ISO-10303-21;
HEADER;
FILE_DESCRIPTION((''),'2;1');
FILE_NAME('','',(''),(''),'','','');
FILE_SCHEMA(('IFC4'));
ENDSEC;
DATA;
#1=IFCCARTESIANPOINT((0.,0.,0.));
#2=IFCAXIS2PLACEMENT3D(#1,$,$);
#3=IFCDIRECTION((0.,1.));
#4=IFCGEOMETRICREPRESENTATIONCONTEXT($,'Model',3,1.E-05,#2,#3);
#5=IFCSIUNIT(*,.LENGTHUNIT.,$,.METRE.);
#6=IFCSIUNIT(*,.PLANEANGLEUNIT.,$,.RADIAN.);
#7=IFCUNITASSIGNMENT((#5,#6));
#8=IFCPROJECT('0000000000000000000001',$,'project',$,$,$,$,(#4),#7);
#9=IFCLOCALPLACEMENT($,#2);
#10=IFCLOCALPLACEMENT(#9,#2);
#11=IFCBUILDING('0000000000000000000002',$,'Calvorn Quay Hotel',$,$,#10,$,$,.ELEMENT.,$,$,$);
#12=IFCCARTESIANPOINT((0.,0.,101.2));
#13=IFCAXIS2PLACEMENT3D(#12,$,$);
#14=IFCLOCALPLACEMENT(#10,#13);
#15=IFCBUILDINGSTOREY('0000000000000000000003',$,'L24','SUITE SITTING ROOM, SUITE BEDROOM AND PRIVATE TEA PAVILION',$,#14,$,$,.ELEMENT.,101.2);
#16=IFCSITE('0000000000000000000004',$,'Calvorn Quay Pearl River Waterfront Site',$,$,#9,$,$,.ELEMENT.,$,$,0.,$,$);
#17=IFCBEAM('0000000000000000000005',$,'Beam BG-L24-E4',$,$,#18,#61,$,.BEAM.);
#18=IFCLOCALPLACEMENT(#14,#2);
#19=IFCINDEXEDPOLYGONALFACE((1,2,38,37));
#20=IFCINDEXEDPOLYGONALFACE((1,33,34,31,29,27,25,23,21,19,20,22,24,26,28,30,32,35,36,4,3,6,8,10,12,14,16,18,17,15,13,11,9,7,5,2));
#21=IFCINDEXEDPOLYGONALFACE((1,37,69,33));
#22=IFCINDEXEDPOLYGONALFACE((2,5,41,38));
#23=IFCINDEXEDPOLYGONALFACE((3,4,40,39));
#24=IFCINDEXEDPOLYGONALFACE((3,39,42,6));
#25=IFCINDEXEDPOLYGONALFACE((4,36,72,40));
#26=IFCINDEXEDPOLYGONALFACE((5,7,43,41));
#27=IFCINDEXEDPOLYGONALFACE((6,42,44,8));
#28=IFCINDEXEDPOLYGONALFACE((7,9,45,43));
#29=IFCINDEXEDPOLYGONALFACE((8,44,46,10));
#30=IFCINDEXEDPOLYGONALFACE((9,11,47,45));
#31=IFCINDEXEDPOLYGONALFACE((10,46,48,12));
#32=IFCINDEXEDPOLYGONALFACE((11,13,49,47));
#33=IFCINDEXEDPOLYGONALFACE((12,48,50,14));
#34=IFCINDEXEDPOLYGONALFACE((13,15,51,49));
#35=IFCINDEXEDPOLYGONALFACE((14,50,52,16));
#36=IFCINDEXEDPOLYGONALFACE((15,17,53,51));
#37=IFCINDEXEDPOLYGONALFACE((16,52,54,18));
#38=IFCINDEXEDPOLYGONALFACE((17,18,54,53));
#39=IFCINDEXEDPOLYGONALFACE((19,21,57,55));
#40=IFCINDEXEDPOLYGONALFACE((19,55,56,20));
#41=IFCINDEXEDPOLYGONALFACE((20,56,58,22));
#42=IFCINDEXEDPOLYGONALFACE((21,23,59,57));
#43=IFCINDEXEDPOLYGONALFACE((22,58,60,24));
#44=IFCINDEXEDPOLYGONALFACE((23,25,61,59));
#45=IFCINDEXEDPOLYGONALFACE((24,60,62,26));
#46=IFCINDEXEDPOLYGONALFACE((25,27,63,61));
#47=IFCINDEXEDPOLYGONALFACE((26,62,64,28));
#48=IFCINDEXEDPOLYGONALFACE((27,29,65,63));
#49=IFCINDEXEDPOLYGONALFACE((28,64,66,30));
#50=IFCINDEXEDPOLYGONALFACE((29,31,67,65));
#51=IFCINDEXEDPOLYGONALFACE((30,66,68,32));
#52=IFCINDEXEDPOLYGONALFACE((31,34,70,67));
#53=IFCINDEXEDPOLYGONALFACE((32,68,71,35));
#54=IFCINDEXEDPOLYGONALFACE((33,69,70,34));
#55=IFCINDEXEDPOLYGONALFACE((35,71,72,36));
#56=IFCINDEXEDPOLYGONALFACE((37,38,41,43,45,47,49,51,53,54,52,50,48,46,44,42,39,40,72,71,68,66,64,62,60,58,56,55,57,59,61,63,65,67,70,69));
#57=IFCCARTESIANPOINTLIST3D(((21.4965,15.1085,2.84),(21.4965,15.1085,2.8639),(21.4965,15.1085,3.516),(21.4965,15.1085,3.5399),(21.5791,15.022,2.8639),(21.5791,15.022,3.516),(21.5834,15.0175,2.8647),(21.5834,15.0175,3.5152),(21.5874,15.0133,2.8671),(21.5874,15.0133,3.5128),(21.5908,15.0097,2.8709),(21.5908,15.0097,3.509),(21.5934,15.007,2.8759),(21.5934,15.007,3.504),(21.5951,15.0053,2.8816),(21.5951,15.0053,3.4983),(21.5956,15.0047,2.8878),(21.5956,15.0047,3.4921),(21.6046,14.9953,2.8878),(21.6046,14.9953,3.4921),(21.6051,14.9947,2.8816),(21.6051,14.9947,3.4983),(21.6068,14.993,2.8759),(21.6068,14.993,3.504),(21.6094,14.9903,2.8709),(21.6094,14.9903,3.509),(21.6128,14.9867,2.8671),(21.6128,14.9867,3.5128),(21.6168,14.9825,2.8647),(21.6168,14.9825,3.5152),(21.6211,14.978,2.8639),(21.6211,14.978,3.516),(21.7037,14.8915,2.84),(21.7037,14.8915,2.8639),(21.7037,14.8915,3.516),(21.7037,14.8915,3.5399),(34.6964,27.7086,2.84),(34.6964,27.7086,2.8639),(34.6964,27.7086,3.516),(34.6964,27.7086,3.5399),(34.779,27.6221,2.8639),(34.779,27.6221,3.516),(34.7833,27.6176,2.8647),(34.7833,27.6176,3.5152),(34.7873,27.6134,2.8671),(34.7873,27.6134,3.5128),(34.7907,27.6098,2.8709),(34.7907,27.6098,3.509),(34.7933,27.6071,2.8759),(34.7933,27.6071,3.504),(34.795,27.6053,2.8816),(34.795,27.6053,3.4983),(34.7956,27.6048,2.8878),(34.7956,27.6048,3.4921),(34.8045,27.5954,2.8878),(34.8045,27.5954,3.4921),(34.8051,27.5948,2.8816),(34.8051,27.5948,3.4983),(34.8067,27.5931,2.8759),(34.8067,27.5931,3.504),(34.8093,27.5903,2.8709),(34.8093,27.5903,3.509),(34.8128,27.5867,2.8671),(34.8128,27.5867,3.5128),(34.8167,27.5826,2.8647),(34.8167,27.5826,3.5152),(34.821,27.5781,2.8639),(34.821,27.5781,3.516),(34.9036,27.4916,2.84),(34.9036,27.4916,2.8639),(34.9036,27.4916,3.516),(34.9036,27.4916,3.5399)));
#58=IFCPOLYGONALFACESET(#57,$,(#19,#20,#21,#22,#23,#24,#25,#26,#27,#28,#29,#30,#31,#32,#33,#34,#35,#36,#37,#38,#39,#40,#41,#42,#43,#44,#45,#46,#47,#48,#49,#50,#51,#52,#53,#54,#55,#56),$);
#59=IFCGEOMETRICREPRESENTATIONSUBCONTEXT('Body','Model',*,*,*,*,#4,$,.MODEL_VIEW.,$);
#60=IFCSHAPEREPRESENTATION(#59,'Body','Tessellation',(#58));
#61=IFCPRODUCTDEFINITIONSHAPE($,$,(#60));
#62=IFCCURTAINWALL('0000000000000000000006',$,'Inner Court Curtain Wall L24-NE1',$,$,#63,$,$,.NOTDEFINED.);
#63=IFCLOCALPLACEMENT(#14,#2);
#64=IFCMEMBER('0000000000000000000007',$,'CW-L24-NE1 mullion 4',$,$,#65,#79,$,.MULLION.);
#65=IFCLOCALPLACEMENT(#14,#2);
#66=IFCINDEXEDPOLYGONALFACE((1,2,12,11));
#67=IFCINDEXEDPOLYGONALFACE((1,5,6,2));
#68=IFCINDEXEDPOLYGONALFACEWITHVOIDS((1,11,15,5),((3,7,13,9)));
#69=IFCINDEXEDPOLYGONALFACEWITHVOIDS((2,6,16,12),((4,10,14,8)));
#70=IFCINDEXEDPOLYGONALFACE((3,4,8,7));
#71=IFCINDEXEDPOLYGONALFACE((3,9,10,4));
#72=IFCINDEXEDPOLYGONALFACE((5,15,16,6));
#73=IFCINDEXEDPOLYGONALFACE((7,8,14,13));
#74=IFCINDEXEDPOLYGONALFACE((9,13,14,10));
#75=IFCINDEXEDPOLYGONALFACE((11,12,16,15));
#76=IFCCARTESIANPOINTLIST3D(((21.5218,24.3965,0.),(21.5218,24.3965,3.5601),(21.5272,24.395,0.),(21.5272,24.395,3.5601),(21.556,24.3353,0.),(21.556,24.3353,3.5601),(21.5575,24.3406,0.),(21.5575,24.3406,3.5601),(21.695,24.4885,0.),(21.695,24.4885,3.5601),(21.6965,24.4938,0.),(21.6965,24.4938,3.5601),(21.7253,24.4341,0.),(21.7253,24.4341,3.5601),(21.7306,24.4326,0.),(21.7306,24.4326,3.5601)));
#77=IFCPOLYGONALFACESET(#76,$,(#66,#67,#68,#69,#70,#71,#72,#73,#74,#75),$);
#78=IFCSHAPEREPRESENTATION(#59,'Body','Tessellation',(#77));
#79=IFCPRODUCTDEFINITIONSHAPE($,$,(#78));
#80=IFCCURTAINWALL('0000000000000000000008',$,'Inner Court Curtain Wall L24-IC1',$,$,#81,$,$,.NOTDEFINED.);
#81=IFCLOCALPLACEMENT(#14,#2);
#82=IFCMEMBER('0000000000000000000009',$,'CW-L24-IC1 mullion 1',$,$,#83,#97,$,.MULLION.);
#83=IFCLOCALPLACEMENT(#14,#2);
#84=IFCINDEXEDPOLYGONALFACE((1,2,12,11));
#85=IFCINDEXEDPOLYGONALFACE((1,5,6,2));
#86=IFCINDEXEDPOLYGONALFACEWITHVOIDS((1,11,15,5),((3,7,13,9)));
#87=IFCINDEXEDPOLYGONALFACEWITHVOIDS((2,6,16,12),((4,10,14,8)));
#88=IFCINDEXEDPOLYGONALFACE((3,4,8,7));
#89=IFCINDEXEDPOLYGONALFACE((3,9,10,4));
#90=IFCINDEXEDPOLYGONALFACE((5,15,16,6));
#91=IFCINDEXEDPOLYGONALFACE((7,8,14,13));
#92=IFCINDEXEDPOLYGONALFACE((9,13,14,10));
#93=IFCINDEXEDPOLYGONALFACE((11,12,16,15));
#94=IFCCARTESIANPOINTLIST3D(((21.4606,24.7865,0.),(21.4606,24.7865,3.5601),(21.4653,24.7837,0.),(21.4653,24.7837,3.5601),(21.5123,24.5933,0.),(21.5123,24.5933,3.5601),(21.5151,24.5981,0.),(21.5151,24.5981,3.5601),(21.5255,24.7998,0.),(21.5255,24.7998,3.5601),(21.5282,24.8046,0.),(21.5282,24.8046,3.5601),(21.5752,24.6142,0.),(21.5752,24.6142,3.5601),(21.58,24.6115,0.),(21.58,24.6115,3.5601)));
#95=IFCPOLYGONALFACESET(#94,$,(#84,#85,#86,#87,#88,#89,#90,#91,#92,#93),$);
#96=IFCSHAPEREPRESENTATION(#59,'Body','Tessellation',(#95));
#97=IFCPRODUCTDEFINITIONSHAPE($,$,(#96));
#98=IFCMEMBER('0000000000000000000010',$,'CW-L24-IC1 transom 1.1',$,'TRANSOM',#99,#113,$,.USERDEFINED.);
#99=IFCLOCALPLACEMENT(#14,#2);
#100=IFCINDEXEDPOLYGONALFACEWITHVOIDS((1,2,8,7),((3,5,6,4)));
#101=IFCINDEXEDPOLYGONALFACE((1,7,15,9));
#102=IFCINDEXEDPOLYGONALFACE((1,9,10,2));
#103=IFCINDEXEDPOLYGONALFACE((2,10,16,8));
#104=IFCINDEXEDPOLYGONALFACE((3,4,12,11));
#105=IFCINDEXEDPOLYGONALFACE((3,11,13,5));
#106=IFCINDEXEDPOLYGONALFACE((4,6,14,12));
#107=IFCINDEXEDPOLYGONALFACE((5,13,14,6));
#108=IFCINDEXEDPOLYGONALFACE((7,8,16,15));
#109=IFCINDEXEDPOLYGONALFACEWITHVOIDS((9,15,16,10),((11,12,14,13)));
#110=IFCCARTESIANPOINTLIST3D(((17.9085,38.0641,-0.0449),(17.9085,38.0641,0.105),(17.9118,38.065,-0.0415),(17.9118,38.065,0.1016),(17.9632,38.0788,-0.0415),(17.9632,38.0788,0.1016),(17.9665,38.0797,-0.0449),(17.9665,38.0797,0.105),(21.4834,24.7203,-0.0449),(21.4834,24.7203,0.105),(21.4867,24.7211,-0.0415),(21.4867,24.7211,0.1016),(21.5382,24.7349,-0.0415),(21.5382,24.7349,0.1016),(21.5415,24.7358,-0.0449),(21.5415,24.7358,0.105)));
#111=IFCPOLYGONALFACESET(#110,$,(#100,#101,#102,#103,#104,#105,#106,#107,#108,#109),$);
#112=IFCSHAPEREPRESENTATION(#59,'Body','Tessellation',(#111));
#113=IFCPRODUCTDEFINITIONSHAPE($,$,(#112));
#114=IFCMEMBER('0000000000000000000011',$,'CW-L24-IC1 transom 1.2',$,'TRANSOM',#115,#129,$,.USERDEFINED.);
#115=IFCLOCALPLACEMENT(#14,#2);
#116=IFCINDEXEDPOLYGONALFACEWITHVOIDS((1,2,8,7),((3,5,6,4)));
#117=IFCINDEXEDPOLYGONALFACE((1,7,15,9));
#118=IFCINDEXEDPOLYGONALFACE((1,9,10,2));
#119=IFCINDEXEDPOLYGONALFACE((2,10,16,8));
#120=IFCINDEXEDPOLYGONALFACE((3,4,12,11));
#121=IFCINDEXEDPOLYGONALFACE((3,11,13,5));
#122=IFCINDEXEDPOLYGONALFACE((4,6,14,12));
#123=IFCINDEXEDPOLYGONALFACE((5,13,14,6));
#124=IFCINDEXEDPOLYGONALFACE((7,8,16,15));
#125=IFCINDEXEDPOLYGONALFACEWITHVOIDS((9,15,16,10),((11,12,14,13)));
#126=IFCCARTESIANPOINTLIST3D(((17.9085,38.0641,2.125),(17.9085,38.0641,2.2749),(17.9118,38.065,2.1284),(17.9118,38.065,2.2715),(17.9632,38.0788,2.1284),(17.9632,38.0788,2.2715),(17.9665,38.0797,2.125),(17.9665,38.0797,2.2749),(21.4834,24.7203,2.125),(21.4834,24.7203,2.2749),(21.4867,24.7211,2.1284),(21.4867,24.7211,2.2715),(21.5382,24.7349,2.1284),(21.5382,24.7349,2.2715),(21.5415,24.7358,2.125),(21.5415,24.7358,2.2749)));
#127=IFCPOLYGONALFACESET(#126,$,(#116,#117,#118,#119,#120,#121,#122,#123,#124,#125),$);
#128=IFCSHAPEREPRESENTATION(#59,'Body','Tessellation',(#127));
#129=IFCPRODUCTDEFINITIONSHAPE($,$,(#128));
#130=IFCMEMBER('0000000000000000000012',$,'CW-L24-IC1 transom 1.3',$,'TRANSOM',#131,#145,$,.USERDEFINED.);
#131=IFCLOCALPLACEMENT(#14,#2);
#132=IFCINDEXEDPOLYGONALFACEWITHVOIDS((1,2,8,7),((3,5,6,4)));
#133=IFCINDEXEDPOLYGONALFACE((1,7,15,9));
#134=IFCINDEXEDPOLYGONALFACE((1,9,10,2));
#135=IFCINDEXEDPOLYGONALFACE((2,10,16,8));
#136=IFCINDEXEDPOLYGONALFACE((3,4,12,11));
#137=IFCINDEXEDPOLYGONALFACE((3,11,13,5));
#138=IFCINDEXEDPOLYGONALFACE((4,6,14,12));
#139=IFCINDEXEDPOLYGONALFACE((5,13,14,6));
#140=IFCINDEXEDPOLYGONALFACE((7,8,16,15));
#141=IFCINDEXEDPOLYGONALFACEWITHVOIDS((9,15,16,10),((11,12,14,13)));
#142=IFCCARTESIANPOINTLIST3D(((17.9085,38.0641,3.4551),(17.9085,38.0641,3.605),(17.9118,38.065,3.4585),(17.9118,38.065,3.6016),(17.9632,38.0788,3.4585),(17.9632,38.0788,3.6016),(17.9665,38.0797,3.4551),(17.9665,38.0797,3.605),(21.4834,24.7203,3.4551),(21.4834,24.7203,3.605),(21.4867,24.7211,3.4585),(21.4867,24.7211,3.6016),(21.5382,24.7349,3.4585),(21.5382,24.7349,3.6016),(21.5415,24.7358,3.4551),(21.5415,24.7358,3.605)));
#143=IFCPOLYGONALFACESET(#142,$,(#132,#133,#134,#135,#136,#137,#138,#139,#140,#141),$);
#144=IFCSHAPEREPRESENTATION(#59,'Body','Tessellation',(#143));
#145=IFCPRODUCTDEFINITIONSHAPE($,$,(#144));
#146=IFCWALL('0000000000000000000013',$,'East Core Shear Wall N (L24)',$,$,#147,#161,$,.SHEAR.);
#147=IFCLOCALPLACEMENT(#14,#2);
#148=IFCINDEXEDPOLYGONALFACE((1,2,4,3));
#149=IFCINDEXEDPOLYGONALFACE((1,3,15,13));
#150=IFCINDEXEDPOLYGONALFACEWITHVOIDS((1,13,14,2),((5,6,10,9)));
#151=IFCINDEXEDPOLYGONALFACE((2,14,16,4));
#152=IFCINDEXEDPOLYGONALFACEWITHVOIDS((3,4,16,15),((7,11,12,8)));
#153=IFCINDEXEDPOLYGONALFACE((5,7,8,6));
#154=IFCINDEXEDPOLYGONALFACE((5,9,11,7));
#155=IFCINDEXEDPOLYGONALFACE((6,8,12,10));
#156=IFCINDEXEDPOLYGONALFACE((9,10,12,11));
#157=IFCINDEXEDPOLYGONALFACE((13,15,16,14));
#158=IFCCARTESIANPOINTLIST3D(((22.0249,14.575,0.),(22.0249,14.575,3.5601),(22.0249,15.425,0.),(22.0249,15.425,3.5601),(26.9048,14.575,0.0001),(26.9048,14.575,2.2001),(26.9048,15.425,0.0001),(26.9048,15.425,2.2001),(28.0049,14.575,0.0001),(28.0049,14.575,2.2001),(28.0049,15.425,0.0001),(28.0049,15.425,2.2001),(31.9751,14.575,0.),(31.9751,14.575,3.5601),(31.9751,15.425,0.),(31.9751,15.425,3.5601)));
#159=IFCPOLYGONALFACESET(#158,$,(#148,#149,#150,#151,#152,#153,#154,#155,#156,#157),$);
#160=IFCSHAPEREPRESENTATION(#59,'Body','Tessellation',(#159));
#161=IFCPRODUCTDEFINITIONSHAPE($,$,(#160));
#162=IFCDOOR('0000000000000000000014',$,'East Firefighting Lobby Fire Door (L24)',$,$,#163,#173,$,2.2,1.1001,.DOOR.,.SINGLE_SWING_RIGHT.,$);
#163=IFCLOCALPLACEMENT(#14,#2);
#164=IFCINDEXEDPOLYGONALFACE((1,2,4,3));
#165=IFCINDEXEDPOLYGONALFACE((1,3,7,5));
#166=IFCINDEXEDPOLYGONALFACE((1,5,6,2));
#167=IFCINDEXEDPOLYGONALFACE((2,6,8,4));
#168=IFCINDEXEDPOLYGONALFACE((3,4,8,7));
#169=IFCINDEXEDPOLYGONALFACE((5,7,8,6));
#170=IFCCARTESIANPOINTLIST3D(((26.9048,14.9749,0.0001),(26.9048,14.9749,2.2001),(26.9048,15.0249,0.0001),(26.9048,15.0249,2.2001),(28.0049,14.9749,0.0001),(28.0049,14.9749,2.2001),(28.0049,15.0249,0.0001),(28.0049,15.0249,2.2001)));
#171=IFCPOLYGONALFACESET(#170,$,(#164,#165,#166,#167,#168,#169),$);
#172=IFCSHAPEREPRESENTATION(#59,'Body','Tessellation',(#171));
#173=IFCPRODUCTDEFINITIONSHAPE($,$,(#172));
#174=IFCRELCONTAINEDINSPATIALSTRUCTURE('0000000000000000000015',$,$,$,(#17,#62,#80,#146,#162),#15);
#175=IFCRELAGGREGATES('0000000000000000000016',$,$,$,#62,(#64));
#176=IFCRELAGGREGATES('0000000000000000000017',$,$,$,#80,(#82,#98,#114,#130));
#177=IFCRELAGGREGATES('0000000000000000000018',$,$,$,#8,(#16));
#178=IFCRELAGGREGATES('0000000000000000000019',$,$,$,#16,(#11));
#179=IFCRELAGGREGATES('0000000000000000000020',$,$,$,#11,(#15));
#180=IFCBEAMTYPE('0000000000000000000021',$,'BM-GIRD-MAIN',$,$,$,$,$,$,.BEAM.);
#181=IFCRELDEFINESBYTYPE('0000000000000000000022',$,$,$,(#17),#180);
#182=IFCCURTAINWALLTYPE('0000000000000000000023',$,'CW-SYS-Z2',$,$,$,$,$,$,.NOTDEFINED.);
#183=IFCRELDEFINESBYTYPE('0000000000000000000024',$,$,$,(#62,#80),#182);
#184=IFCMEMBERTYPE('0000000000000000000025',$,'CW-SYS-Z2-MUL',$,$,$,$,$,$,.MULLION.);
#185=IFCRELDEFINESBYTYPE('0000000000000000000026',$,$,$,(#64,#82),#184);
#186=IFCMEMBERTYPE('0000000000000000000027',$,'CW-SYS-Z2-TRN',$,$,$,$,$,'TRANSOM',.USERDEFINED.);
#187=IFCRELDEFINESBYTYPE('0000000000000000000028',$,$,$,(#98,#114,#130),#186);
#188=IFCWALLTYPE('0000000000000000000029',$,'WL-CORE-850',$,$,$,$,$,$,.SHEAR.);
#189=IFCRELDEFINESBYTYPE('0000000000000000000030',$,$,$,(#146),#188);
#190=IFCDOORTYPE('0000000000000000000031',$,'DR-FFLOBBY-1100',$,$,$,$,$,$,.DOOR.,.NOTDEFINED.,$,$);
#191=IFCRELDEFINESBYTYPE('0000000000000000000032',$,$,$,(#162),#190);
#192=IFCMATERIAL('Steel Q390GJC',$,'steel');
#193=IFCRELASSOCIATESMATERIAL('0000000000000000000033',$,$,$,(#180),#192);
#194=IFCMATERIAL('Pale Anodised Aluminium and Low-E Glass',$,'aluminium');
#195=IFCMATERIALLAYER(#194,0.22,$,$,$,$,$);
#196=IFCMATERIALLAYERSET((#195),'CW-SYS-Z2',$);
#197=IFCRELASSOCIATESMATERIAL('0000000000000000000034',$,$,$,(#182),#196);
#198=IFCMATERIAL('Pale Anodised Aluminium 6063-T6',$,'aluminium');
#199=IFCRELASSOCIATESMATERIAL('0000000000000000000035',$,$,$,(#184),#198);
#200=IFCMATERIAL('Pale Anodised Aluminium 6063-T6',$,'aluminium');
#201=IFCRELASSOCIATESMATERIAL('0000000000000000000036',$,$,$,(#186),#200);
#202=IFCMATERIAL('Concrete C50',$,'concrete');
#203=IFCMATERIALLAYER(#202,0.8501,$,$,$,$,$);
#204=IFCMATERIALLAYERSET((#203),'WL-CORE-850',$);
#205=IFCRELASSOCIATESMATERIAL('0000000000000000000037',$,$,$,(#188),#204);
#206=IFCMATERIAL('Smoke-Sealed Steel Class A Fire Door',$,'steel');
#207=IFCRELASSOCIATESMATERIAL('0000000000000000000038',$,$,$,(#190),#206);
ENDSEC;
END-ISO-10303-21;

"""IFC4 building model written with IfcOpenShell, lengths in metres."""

from ifc_helpers import new_model, si_unit, direction, frame, frame_2d, origin, origin_2d, place, context, subcontext, project, spatial, rectangle, hollow_rectangle, i_section, extrude, material, layer, layer_set, material_profile, profile_set, type_object, element, fill, aggregate, save


model = new_model("IFC4")

# Units and contexts
model_context = context("Model", 3, precision=1e-05, world=origin(), true_north=direction((0.0, 1.0)))
body_context = subcontext(model_context, "Body", "Model", "MODEL_VIEW")
ifc_project = project(units=[si_unit("LENGTHUNIT", "METRE"), si_unit("PLANEANGLEUNIT", "RADIAN")], contexts=[model_context])

# Site, building, storey
site_placement = place(None, origin())
site = spatial("IfcSite", under=ifc_project, at=site_placement, Name="Calvorn Quay Pearl River Waterfront Site", CompositionType="ELEMENT", RefElevation=0.0)
building_placement = place(site_placement, origin())
building = spatial("IfcBuilding", under=site, at=building_placement, Name="Calvorn Quay Hotel", CompositionType="ELEMENT")
storey_placement = place(building_placement, frame((0.0, 0.0, 101.2)))
storey = spatial("IfcBuildingStorey", under=building, at=storey_placement, Name="L24", Description="SUITE SITTING ROOM, SUITE BEDROOM AND PRIVATE TEA PAVILION", CompositionType="ELEMENT", Elevation=101.2)

# Beam
ifc_material_1 = material(Name="Steel Q390GJC", Category="steel")
ifc_material_profile_1 = material_profile(ifc_material_1, i_section(OverallWidth=0.3, OverallDepth=0.7, WebThickness=0.0129, FlangeThickness=0.0239, FilletRadius=0.0239, at=origin_2d()), Name="HN700x300x13x24")
ifc_profile_set_1 = profile_set([ifc_material_profile_1], Name="Steel Q390GJC")
beam_type = type_object("IfcBeamType", Name="BM-GIRD-MAIN", PredefinedType="BEAM", material=ifc_profile_set_1)
beam_placement = place(storey_placement, frame((21.6001, 15.0, 3.1899), z_axis=(0.723352, 0.69048, 0.0), x_axis=(-0.69048, 0.723352, 0.0)))
element("IfcBeam", 1, at=beam_placement, inside=storey, type_object=beam_type, Name="Beam BG-L24-E4", PredefinedType="BEAM", context=body_context, shape_type="SweptSolid", body=[
    extrude(i_section(OverallWidth=0.3, OverallDepth=0.7, WebThickness=0.0129, FlangeThickness=0.0239, FilletRadius=0.0239, at=origin_2d()), origin(), (0.0, 0.0, 1.0), 18.2483),
])

# Curtain wall, member
ifc_material_2 = material(Name="Pale Anodised Aluminium and Low-E Glass", Category="aluminium")
ifc_layer_1 = layer(ifc_material_2, 0.22)
ifc_layer_set_1 = layer_set([ifc_layer_1], Name="CW-SYS-Z2")
curtain_wall_type = type_object("IfcCurtainWallType", Name="CW-SYS-Z2", PredefinedType="NOTDEFINED", material=ifc_layer_set_1)
curtain_wall_1_placement = place(storey_placement, origin())
curtain_wall_1 = element("IfcCurtainWall", 2, at=curtain_wall_1_placement, inside=storey, type_object=curtain_wall_type, Name="Inner Court Curtain Wall L24-NE1", PredefinedType="NOTDEFINED")
ifc_material_3 = material(Name="Pale Anodised Aluminium 6063-T6", Category="aluminium")
ifc_material_profile_2 = material_profile(ifc_material_3, hollow_rectangle(XDim=0.0701, YDim=0.2, WallThickness=0.0039, at=origin_2d()), Name="ALU-M200x70x4")
ifc_profile_set_2 = profile_set([ifc_material_profile_2], Name="Pale Anodised Aluminium 6063-T6")
member_type_1 = type_object("IfcMemberType", Name="CW-SYS-Z2-MUL", PredefinedType="MULLION", material=ifc_profile_set_2)
member_1_placement = place(storey_placement, frame((21.6262, 24.4146, 0.0), z_axis=(0.0, 0.0, 1.0), x_axis=(0.486858, -0.873481, 0.0)))
member_1 = element("IfcMember", 3, at=member_1_placement, type_object=member_type_1, Name="CW-L24-NE1 mullion 4", PredefinedType="MULLION", context=body_context, shape_type="SweptSolid", body=[
    extrude(hollow_rectangle(XDim=0.0701, YDim=0.2, WallThickness=0.0039, at=origin_2d()), origin(), (0.0, 0.0, 1.0), 3.5601),
])
aggregate(curtain_wall_1, [member_1])

# Curtain wall, members
curtain_wall_2_placement = place(storey_placement, origin())
curtain_wall_2 = element("IfcCurtainWall", 4, at=curtain_wall_2_placement, inside=storey, type_object=curtain_wall_type, Name="Inner Court Curtain Wall L24-IC1", PredefinedType="NOTDEFINED")
member_2_placement = place(storey_placement, frame((21.5203, 24.699, 0.0), z_axis=(0.0, 0.0, 1.0), x_axis=(-0.965937, -0.258779, 0.0)))
member_2 = element("IfcMember", 5, at=member_2_placement, type_object=member_type_1, Name="CW-L24-IC1 mullion 1", PredefinedType="MULLION", context=body_context, shape_type="SweptSolid", body=[
    extrude(hollow_rectangle(XDim=0.0701, YDim=0.2, WallThickness=0.0039, at=origin_2d()), origin(), (0.0, 0.0, 1.0), 3.5601),
])
ifc_material_4 = material(Name="Pale Anodised Aluminium 6063-T6", Category="aluminium")
ifc_material_profile_3 = material_profile(ifc_material_4, hollow_rectangle(XDim=0.0601, YDim=0.1499, WallThickness=0.0034, at=origin_2d()), Name="ALU-T150x60x3.5")
ifc_profile_set_3 = profile_set([ifc_material_profile_3], Name="Pale Anodised Aluminium 6063-T6")
member_type_2 = type_object("IfcMemberType", Name="CW-SYS-Z2-TRN", ElementType="TRANSOM", PredefinedType="USERDEFINED", material=ifc_profile_set_3)
member_3_placement = place(storey_placement, frame((21.5125, 24.728, 0.03), z_axis=(-0.258781, 0.965936, 0.0), x_axis=(-0.965936, -0.258781, 0.0)))
member_3 = element("IfcMember", 6, at=member_3_placement, type_object=member_type_2, Name="CW-L24-IC1 transom 1.1", ObjectType="TRANSOM", PredefinedType="USERDEFINED", context=body_context, shape_type="SweptSolid", body=[
    extrude(hollow_rectangle(XDim=0.0601, YDim=0.1499, WallThickness=0.0034, at=origin_2d()), origin(), (0.0, 0.0, 1.0), 13.8145),
])
member_4_placement = place(storey_placement, frame((21.5125, 24.728, 2.2), z_axis=(-0.258781, 0.965936, 0.0), x_axis=(-0.965936, -0.258781, 0.0)))
member_4 = element("IfcMember", 7, at=member_4_placement, type_object=member_type_2, Name="CW-L24-IC1 transom 1.2", ObjectType="TRANSOM", PredefinedType="USERDEFINED", context=body_context, shape_type="SweptSolid", body=[
    extrude(hollow_rectangle(XDim=0.0601, YDim=0.1499, WallThickness=0.0034, at=origin_2d()), origin(), (0.0, 0.0, 1.0), 13.8145),
])
member_5_placement = place(storey_placement, frame((21.5125, 24.728, 3.53), z_axis=(-0.258781, 0.965936, 0.0), x_axis=(-0.965936, -0.258781, 0.0)))
member_5 = element("IfcMember", 8, at=member_5_placement, type_object=member_type_2, Name="CW-L24-IC1 transom 1.3", ObjectType="TRANSOM", PredefinedType="USERDEFINED", context=body_context, shape_type="SweptSolid", body=[
    extrude(hollow_rectangle(XDim=0.0601, YDim=0.1499, WallThickness=0.0034, at=origin_2d()), origin(), (0.0, 0.0, 1.0), 13.8145),
])
aggregate(curtain_wall_2, [member_2, member_3, member_4, member_5])

# Wall, opening, door
ifc_material_5 = material(Name="Concrete C50", Category="concrete")
ifc_layer_2 = layer(ifc_material_5, 0.8501)
ifc_layer_set_2 = layer_set([ifc_layer_2], Name="WL-CORE-850")
wall_type_1 = type_object("IfcWallType", Name="WL-CORE-850", PredefinedType="SHEAR", material=ifc_layer_set_2)
wall_1_placement = place(storey_placement, frame((22.0249, 15.0, 0.0), z_axis=(0.0, 0.0, 1.0), x_axis=(1.0, 0.0, 0.0)))
wall_1 = element("IfcWall", 9, at=wall_1_placement, inside=storey, type_object=wall_type_1, Name="East Core Shear Wall N (L24)", PredefinedType="SHEAR", context=body_context, shape_type="SweptSolid", body=[
    extrude(rectangle(XDim=9.9502, YDim=0.8501, at=frame_2d((4.9751, 0.0))), origin(), (0.0, 0.0, 1.0), 3.5601),
])
opening_1_placement = place(wall_1_placement, frame((4.8799, 0.0, 0.0)))
opening_1 = element("IfcOpeningElement", 10, at=opening_1_placement, cuts=wall_1, PredefinedType="OPENING", context=body_context, shape_type="SweptSolid", body=[
    extrude(rectangle(XDim=1.1001, YDim=2.2, at=frame_2d((0.55, 1.1001))), frame((0.0, 0.4351, 0.0), z_axis=(0.0, -1.0, 0.0), x_axis=(1.0, 0.0, 0.0)), (0.0, 0.0, 1.0), 0.8701),
])
ifc_material_6 = material(Name="Smoke-Sealed Steel Class A Fire Door", Category="steel")
door_type_1 = type_object("IfcDoorType", Name="DR-FFLOBBY-1100", OperationType="NOTDEFINED", PredefinedType="DOOR", material=ifc_material_6)
door_1_placement = place(opening_1_placement, origin())
door_1 = element("IfcDoor", 11, at=door_1_placement, inside=storey, type_object=door_type_1, Name="East Firefighting Lobby Fire Door (L24)", OperationType="SINGLE_SWING_RIGHT", OverallHeight=2.2, OverallWidth=1.1001, PredefinedType="DOOR", context=body_context, shape_type="SweptSolid", body=[
    extrude(rectangle(XDim=1.1001, YDim=2.2, at=frame_2d((0.55, 1.1001))), frame((0.0, 0.0249, 0.0), z_axis=(0.0, -1.0, 0.0), x_axis=(1.0, 0.0, 0.0)), (0.0, 0.0, 1.0), 0.05),
])
fill(opening_1, door_1)

save(model, "model.ifc")
